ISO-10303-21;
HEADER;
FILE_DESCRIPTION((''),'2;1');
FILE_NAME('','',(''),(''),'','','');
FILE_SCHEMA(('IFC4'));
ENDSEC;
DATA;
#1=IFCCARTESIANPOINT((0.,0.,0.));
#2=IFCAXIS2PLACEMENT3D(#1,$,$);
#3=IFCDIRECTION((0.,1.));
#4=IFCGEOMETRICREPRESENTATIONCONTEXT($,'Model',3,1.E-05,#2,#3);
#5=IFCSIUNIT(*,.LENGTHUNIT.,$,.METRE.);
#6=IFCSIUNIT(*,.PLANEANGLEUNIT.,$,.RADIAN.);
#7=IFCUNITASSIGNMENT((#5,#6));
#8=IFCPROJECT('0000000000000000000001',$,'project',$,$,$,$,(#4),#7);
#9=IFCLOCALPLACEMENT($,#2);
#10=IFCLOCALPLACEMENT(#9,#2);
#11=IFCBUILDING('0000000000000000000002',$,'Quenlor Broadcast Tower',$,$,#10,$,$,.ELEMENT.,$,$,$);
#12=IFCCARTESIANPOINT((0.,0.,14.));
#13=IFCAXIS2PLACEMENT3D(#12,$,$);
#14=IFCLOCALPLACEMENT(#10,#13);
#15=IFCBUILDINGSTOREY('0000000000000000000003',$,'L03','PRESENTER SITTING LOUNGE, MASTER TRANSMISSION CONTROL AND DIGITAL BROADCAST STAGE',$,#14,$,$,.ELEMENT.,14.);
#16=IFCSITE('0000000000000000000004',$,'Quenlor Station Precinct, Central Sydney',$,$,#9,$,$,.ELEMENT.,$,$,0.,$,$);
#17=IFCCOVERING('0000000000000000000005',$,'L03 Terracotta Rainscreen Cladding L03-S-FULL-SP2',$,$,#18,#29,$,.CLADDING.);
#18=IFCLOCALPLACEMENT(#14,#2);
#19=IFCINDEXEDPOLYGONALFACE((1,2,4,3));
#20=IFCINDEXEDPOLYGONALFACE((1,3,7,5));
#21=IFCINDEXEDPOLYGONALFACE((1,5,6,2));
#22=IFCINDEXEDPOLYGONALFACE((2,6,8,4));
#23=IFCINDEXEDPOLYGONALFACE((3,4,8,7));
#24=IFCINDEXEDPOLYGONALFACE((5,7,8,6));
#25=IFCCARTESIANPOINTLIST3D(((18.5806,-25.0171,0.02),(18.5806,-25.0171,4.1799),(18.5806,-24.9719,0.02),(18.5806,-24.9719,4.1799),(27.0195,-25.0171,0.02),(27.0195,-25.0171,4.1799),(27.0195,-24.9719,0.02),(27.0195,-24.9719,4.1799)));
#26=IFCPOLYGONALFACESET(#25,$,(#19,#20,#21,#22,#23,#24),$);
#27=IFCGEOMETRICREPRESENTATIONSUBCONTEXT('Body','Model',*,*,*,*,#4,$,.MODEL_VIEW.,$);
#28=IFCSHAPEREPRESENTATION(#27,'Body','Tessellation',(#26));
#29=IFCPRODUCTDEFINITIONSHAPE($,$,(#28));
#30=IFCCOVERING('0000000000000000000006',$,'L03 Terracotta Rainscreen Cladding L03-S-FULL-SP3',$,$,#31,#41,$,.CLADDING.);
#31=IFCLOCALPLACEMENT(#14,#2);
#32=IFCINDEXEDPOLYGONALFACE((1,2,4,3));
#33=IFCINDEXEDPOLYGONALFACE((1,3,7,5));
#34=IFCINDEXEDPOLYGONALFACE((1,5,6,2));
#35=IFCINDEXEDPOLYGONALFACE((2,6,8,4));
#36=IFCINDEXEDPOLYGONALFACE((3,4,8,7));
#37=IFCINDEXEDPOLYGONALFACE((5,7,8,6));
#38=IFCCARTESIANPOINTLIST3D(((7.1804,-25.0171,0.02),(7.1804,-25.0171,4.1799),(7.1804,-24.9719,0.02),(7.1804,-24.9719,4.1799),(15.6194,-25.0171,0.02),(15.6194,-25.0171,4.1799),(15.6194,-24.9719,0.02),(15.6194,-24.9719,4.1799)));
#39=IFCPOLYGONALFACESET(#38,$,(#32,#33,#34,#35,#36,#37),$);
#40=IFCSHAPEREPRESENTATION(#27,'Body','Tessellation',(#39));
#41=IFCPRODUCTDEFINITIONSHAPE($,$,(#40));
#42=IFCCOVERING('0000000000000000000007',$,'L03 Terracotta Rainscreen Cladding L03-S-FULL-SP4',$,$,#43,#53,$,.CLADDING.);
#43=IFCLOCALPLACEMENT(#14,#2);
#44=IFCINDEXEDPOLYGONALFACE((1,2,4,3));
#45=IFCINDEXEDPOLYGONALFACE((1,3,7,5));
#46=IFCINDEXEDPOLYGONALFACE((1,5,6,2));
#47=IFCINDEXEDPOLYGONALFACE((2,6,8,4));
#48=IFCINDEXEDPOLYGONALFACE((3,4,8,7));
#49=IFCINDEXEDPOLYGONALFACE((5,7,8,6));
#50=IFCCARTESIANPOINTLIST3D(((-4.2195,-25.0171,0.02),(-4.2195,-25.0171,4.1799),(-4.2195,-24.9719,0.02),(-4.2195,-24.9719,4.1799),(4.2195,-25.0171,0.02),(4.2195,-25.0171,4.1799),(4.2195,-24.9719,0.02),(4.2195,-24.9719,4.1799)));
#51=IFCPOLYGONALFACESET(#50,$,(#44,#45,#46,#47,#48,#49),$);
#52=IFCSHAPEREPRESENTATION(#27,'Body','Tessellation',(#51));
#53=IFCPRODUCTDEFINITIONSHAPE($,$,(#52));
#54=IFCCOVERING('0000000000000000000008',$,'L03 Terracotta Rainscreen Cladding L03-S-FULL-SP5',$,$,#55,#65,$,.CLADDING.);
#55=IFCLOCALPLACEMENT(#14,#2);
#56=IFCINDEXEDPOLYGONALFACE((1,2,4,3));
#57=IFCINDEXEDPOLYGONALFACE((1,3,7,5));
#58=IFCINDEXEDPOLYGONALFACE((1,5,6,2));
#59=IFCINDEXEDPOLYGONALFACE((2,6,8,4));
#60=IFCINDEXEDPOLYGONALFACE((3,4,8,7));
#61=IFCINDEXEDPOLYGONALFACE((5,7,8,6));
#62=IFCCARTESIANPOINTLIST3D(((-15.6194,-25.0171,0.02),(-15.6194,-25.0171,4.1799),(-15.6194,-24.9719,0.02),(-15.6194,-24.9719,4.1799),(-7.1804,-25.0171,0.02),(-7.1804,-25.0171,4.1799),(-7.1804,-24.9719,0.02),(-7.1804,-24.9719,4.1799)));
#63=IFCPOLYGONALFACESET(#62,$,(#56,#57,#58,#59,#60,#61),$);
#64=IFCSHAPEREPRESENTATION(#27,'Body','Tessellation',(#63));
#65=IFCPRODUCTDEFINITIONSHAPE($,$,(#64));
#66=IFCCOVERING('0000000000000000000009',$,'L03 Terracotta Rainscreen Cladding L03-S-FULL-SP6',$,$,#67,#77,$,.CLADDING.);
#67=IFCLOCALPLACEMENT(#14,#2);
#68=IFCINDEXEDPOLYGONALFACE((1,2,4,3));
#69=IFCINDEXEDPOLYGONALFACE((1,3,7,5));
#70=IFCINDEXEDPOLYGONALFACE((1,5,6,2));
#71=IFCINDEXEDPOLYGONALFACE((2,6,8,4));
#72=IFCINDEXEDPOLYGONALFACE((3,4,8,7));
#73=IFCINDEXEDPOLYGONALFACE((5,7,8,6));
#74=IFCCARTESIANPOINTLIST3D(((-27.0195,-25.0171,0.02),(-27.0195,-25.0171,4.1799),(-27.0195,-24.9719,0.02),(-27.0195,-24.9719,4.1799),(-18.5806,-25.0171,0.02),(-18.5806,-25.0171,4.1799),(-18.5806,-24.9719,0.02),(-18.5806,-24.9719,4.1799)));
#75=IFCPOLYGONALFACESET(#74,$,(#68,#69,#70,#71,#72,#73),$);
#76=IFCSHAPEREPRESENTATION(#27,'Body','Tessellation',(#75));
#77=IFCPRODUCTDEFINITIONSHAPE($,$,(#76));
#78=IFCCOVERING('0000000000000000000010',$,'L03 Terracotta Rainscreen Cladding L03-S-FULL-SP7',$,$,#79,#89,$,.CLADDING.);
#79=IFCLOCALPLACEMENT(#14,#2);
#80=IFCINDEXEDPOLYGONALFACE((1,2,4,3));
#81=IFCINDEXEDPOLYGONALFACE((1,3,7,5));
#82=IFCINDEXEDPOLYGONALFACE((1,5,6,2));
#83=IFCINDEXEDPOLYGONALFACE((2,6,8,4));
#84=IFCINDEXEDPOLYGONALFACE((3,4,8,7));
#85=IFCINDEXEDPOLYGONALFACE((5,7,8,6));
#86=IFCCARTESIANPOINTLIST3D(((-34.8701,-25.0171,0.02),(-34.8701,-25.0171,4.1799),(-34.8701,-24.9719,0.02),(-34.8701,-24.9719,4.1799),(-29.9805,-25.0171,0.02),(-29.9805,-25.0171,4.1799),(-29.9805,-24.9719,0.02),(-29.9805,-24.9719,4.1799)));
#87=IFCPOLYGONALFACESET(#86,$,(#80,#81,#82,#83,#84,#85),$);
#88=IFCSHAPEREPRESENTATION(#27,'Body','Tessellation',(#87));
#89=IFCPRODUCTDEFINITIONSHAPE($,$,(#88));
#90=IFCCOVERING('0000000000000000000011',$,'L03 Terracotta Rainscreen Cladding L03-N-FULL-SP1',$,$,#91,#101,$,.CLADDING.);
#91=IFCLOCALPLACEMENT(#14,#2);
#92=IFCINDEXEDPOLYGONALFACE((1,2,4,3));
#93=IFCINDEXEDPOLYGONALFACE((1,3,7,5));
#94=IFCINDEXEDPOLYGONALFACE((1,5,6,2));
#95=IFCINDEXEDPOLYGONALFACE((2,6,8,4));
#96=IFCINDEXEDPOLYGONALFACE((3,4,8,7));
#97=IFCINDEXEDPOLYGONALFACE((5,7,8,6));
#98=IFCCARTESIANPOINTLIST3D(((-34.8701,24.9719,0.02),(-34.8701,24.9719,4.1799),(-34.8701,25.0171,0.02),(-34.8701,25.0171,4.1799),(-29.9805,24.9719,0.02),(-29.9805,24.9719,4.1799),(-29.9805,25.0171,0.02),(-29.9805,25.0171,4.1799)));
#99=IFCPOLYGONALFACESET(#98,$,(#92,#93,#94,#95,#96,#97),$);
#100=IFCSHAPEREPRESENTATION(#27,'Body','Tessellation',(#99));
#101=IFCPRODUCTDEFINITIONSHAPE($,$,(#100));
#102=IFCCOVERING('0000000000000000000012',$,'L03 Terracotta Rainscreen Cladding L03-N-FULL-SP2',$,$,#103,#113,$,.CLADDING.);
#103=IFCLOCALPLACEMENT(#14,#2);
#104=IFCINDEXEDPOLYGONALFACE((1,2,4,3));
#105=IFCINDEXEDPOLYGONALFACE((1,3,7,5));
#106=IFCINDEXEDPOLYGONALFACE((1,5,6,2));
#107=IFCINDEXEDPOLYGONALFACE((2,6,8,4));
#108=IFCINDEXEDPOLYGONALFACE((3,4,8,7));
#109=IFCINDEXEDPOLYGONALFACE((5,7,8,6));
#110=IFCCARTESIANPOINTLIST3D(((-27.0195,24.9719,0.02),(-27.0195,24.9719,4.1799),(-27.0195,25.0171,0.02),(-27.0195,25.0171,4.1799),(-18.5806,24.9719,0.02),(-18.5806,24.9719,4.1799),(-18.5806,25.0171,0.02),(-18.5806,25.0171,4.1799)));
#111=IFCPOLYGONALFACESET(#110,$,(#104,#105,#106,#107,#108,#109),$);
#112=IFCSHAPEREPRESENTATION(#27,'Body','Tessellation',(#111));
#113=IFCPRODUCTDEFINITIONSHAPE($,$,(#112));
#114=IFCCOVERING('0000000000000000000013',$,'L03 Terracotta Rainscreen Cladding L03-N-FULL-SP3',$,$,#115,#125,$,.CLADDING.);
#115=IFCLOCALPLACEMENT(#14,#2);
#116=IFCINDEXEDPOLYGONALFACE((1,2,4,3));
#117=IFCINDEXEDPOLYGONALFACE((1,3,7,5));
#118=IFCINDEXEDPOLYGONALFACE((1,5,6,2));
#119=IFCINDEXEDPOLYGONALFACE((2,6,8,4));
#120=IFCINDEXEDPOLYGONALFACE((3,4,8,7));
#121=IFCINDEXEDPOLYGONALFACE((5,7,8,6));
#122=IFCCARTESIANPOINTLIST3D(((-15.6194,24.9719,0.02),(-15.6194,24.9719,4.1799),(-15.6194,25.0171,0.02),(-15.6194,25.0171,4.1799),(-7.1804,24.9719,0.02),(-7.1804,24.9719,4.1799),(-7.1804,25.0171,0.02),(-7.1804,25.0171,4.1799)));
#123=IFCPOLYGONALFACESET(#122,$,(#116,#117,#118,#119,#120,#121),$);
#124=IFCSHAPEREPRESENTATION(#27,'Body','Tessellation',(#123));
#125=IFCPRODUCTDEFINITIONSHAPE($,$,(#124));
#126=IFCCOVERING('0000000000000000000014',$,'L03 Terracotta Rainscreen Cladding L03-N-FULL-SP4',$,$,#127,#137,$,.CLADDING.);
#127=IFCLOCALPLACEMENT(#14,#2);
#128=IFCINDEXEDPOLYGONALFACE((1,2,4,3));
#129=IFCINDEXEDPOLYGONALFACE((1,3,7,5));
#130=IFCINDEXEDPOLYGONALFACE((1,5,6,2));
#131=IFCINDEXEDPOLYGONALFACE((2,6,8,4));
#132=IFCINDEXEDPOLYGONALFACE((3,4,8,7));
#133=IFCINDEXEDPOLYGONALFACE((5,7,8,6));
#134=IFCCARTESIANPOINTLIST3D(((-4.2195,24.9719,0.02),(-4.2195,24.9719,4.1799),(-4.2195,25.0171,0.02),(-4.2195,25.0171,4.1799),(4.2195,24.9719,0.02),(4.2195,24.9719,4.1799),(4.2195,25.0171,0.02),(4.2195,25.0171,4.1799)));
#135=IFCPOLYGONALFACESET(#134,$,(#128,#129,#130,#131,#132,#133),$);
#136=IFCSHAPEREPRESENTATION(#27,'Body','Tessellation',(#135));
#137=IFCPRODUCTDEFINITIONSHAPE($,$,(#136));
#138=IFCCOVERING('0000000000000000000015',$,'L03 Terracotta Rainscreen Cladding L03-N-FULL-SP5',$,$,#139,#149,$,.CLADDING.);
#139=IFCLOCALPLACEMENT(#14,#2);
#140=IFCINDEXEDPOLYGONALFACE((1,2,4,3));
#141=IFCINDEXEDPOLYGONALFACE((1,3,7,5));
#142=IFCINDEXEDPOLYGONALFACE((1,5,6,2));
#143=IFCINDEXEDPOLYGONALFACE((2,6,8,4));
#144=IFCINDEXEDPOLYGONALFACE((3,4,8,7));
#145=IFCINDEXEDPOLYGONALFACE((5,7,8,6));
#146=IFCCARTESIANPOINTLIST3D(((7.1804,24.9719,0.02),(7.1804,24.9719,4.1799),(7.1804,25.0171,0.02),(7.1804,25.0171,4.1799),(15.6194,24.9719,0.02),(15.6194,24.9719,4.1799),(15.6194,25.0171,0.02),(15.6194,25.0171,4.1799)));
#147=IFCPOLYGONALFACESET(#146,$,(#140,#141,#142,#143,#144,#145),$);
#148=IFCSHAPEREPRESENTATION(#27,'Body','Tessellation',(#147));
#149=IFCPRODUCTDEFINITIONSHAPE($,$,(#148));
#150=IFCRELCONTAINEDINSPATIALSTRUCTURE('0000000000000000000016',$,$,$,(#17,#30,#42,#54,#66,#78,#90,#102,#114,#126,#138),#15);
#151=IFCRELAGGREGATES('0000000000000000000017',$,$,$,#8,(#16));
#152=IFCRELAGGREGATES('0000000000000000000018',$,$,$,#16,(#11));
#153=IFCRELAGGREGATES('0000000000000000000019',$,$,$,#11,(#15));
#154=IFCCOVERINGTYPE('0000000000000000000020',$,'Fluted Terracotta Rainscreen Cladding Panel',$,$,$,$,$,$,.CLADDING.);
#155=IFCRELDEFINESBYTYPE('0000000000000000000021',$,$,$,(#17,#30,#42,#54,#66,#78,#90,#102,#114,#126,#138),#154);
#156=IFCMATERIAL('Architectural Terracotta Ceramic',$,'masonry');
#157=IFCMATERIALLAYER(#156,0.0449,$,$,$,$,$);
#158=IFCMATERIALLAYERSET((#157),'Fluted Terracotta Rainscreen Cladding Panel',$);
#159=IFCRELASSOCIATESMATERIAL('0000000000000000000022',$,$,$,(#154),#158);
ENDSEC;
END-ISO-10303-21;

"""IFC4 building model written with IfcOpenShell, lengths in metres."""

from ifc_helpers import new_model, si_unit, direction, frame, origin, place, context, subcontext, project, spatial, polyline, outline, extrude, material, layer, layer_set, type_object, element, save


model = new_model("IFC4")

# Units and contexts
model_context = context("Model", 3, precision=1e-05, world=origin(), true_north=direction((0.0, 1.0)))
body_context = subcontext(model_context, "Body", "Model", "MODEL_VIEW")
ifc_project = project(units=[si_unit("LENGTHUNIT", "METRE"), si_unit("PLANEANGLEUNIT", "RADIAN")], contexts=[model_context])

# Site, building, storey
site_placement = place(None, origin())
site = spatial("IfcSite", under=ifc_project, at=site_placement, Name="Quenlor Station Precinct, Central Sydney", CompositionType="ELEMENT", RefElevation=0.0)
building_placement = place(site_placement, origin())
building = spatial("IfcBuilding", under=site, at=building_placement, Name="Quenlor Broadcast Tower", CompositionType="ELEMENT")
storey_placement = place(building_placement, frame((0.0, 0.0, 14.0)))
storey = spatial("IfcBuildingStorey", under=building, at=storey_placement, Name="L03", Description="PRESENTER SITTING LOUNGE, MASTER TRANSMISSION CONTROL AND DIGITAL BROADCAST STAGE", CompositionType="ELEMENT", Elevation=14.0)

# Coverings
ifc_material_1 = material(Name="Architectural Terracotta Ceramic", Category="masonry")
ifc_layer_1 = layer(ifc_material_1, 0.0449)
ifc_layer_set_1 = layer_set([ifc_layer_1], Name="Fluted Terracotta Rainscreen Cladding Panel")
covering_type = type_object("IfcCoveringType", Name="Fluted Terracotta Rainscreen Cladding Panel", PredefinedType="CLADDING", material=ifc_layer_set_1)
covering_1_placement = place(storey_placement, frame((0.0, 0.0, 0.02)))
element("IfcCovering", 1, at=covering_1_placement, inside=storey, type_object=covering_type, Name="L03 Terracotta Rainscreen Cladding L03-S-FULL-SP2", PredefinedType="CLADDING", context=body_context, shape_type="SweptSolid", body=[
    extrude(outline(polyline([(27.0195, -24.9719), (18.5806, -24.9719), (18.5806, -25.0171), (27.0195, -25.0171), (27.0195, -24.9719)])), origin(), (0.0, 0.0, 1.0), 4.1599),
])
covering_2_placement = place(storey_placement, frame((0.0, 0.0, 0.02)))
element("IfcCovering", 2, at=covering_2_placement, inside=storey, type_object=covering_type, Name="L03 Terracotta Rainscreen Cladding L03-S-FULL-SP3", PredefinedType="CLADDING", context=body_context, shape_type="SweptSolid", body=[
    extrude(outline(polyline([(15.6194, -24.9719), (7.1804, -24.9719), (7.1804, -25.0171), (15.6194, -25.0171), (15.6194, -24.9719)])), origin(), (0.0, 0.0, 1.0), 4.1599),
])
covering_3_placement = place(storey_placement, frame((0.0, 0.0, 0.02)))
element("IfcCovering", 3, at=covering_3_placement, inside=storey, type_object=covering_type, Name="L03 Terracotta Rainscreen Cladding L03-S-FULL-SP4", PredefinedType="CLADDING", context=body_context, shape_type="SweptSolid", body=[
    extrude(outline(polyline([(4.2195, -24.9719), (-4.2195, -24.9719), (-4.2195, -25.0171), (4.2195, -25.0171), (4.2195, -24.9719)])), origin(), (0.0, 0.0, 1.0), 4.1599),
])
covering_4_placement = place(storey_placement, frame((0.0, 0.0, 0.02)))
element("IfcCovering", 4, at=covering_4_placement, inside=storey, type_object=covering_type, Name="L03 Terracotta Rainscreen Cladding L03-S-FULL-SP5", PredefinedType="CLADDING", context=body_context, shape_type="SweptSolid", body=[
    extrude(outline(polyline([(-7.1804, -24.9719), (-15.6194, -24.9719), (-15.6194, -25.0171), (-7.1804, -25.0171), (-7.1804, -24.9719)])), origin(), (0.0, 0.0, 1.0), 4.1599),
])
covering_5_placement = place(storey_placement, frame((0.0, 0.0, 0.02)))
element("IfcCovering", 5, at=covering_5_placement, inside=storey, type_object=covering_type, Name="L03 Terracotta Rainscreen Cladding L03-S-FULL-SP6", PredefinedType="CLADDING", context=body_context, shape_type="SweptSolid", body=[
    extrude(outline(polyline([(-18.5806, -24.9719), (-27.0195, -24.9719), (-27.0195, -25.0171), (-18.5806, -25.0171), (-18.5806, -24.9719)])), origin(), (0.0, 0.0, 1.0), 4.1599),
])
covering_6_placement = place(storey_placement, frame((0.0, 0.0, 0.02)))
element("IfcCovering", 6, at=covering_6_placement, inside=storey, type_object=covering_type, Name="L03 Terracotta Rainscreen Cladding L03-S-FULL-SP7", PredefinedType="CLADDING", context=body_context, shape_type="SweptSolid", body=[
    extrude(outline(polyline([(-29.9805, -24.9719), (-34.8701, -24.9719), (-34.8701, -25.0171), (-29.9805, -25.0171), (-29.9805, -24.9719)])), origin(), (0.0, 0.0, 1.0), 4.1599),
])
covering_7_placement = place(storey_placement, frame((0.0, 0.0, 0.02)))
element("IfcCovering", 7, at=covering_7_placement, inside=storey, type_object=covering_type, Name="L03 Terracotta Rainscreen Cladding L03-N-FULL-SP1", PredefinedType="CLADDING", context=body_context, shape_type="SweptSolid", body=[
    extrude(outline(polyline([(-34.8701, 24.9719), (-29.9805, 24.9719), (-29.9805, 25.0171), (-34.8701, 25.0171), (-34.8701, 24.9719)])), origin(), (0.0, 0.0, 1.0), 4.1599),
])
covering_8_placement = place(storey_placement, frame((0.0, 0.0, 0.02)))
element("IfcCovering", 8, at=covering_8_placement, inside=storey, type_object=covering_type, Name="L03 Terracotta Rainscreen Cladding L03-N-FULL-SP2", PredefinedType="CLADDING", context=body_context, shape_type="SweptSolid", body=[
    extrude(outline(polyline([(-27.0195, 24.9719), (-18.5806, 24.9719), (-18.5806, 25.0171), (-27.0195, 25.0171), (-27.0195, 24.9719)])), origin(), (0.0, 0.0, 1.0), 4.1599),
])
covering_9_placement = place(storey_placement, frame((0.0, 0.0, 0.02)))
element("IfcCovering", 9, at=covering_9_placement, inside=storey, type_object=covering_type, Name="L03 Terracotta Rainscreen Cladding L03-N-FULL-SP3", PredefinedType="CLADDING", context=body_context, shape_type="SweptSolid", body=[
    extrude(outline(polyline([(-15.6194, 24.9719), (-7.1804, 24.9719), (-7.1804, 25.0171), (-15.6194, 25.0171), (-15.6194, 24.9719)])), origin(), (0.0, 0.0, 1.0), 4.1599),
])
covering_10_placement = place(storey_placement, frame((0.0, 0.0, 0.02)))
element("IfcCovering", 10, at=covering_10_placement, inside=storey, type_object=covering_type, Name="L03 Terracotta Rainscreen Cladding L03-N-FULL-SP4", PredefinedType="CLADDING", context=body_context, shape_type="SweptSolid", body=[
    extrude(outline(polyline([(-4.2195, 24.9719), (4.2195, 24.9719), (4.2195, 25.0171), (-4.2195, 25.0171), (-4.2195, 24.9719)])), origin(), (0.0, 0.0, 1.0), 4.1599),
])
covering_11_placement = place(storey_placement, frame((0.0, 0.0, 0.02)))
element("IfcCovering", 11, at=covering_11_placement, inside=storey, type_object=covering_type, Name="L03 Terracotta Rainscreen Cladding L03-N-FULL-SP5", PredefinedType="CLADDING", context=body_context, shape_type="SweptSolid", body=[
    extrude(outline(polyline([(7.1804, 24.9719), (15.6194, 24.9719), (15.6194, 25.0171), (7.1804, 25.0171), (7.1804, 24.9719)])), origin(), (0.0, 0.0, 1.0), 4.1599),
])

save(model, "model.ifc")
